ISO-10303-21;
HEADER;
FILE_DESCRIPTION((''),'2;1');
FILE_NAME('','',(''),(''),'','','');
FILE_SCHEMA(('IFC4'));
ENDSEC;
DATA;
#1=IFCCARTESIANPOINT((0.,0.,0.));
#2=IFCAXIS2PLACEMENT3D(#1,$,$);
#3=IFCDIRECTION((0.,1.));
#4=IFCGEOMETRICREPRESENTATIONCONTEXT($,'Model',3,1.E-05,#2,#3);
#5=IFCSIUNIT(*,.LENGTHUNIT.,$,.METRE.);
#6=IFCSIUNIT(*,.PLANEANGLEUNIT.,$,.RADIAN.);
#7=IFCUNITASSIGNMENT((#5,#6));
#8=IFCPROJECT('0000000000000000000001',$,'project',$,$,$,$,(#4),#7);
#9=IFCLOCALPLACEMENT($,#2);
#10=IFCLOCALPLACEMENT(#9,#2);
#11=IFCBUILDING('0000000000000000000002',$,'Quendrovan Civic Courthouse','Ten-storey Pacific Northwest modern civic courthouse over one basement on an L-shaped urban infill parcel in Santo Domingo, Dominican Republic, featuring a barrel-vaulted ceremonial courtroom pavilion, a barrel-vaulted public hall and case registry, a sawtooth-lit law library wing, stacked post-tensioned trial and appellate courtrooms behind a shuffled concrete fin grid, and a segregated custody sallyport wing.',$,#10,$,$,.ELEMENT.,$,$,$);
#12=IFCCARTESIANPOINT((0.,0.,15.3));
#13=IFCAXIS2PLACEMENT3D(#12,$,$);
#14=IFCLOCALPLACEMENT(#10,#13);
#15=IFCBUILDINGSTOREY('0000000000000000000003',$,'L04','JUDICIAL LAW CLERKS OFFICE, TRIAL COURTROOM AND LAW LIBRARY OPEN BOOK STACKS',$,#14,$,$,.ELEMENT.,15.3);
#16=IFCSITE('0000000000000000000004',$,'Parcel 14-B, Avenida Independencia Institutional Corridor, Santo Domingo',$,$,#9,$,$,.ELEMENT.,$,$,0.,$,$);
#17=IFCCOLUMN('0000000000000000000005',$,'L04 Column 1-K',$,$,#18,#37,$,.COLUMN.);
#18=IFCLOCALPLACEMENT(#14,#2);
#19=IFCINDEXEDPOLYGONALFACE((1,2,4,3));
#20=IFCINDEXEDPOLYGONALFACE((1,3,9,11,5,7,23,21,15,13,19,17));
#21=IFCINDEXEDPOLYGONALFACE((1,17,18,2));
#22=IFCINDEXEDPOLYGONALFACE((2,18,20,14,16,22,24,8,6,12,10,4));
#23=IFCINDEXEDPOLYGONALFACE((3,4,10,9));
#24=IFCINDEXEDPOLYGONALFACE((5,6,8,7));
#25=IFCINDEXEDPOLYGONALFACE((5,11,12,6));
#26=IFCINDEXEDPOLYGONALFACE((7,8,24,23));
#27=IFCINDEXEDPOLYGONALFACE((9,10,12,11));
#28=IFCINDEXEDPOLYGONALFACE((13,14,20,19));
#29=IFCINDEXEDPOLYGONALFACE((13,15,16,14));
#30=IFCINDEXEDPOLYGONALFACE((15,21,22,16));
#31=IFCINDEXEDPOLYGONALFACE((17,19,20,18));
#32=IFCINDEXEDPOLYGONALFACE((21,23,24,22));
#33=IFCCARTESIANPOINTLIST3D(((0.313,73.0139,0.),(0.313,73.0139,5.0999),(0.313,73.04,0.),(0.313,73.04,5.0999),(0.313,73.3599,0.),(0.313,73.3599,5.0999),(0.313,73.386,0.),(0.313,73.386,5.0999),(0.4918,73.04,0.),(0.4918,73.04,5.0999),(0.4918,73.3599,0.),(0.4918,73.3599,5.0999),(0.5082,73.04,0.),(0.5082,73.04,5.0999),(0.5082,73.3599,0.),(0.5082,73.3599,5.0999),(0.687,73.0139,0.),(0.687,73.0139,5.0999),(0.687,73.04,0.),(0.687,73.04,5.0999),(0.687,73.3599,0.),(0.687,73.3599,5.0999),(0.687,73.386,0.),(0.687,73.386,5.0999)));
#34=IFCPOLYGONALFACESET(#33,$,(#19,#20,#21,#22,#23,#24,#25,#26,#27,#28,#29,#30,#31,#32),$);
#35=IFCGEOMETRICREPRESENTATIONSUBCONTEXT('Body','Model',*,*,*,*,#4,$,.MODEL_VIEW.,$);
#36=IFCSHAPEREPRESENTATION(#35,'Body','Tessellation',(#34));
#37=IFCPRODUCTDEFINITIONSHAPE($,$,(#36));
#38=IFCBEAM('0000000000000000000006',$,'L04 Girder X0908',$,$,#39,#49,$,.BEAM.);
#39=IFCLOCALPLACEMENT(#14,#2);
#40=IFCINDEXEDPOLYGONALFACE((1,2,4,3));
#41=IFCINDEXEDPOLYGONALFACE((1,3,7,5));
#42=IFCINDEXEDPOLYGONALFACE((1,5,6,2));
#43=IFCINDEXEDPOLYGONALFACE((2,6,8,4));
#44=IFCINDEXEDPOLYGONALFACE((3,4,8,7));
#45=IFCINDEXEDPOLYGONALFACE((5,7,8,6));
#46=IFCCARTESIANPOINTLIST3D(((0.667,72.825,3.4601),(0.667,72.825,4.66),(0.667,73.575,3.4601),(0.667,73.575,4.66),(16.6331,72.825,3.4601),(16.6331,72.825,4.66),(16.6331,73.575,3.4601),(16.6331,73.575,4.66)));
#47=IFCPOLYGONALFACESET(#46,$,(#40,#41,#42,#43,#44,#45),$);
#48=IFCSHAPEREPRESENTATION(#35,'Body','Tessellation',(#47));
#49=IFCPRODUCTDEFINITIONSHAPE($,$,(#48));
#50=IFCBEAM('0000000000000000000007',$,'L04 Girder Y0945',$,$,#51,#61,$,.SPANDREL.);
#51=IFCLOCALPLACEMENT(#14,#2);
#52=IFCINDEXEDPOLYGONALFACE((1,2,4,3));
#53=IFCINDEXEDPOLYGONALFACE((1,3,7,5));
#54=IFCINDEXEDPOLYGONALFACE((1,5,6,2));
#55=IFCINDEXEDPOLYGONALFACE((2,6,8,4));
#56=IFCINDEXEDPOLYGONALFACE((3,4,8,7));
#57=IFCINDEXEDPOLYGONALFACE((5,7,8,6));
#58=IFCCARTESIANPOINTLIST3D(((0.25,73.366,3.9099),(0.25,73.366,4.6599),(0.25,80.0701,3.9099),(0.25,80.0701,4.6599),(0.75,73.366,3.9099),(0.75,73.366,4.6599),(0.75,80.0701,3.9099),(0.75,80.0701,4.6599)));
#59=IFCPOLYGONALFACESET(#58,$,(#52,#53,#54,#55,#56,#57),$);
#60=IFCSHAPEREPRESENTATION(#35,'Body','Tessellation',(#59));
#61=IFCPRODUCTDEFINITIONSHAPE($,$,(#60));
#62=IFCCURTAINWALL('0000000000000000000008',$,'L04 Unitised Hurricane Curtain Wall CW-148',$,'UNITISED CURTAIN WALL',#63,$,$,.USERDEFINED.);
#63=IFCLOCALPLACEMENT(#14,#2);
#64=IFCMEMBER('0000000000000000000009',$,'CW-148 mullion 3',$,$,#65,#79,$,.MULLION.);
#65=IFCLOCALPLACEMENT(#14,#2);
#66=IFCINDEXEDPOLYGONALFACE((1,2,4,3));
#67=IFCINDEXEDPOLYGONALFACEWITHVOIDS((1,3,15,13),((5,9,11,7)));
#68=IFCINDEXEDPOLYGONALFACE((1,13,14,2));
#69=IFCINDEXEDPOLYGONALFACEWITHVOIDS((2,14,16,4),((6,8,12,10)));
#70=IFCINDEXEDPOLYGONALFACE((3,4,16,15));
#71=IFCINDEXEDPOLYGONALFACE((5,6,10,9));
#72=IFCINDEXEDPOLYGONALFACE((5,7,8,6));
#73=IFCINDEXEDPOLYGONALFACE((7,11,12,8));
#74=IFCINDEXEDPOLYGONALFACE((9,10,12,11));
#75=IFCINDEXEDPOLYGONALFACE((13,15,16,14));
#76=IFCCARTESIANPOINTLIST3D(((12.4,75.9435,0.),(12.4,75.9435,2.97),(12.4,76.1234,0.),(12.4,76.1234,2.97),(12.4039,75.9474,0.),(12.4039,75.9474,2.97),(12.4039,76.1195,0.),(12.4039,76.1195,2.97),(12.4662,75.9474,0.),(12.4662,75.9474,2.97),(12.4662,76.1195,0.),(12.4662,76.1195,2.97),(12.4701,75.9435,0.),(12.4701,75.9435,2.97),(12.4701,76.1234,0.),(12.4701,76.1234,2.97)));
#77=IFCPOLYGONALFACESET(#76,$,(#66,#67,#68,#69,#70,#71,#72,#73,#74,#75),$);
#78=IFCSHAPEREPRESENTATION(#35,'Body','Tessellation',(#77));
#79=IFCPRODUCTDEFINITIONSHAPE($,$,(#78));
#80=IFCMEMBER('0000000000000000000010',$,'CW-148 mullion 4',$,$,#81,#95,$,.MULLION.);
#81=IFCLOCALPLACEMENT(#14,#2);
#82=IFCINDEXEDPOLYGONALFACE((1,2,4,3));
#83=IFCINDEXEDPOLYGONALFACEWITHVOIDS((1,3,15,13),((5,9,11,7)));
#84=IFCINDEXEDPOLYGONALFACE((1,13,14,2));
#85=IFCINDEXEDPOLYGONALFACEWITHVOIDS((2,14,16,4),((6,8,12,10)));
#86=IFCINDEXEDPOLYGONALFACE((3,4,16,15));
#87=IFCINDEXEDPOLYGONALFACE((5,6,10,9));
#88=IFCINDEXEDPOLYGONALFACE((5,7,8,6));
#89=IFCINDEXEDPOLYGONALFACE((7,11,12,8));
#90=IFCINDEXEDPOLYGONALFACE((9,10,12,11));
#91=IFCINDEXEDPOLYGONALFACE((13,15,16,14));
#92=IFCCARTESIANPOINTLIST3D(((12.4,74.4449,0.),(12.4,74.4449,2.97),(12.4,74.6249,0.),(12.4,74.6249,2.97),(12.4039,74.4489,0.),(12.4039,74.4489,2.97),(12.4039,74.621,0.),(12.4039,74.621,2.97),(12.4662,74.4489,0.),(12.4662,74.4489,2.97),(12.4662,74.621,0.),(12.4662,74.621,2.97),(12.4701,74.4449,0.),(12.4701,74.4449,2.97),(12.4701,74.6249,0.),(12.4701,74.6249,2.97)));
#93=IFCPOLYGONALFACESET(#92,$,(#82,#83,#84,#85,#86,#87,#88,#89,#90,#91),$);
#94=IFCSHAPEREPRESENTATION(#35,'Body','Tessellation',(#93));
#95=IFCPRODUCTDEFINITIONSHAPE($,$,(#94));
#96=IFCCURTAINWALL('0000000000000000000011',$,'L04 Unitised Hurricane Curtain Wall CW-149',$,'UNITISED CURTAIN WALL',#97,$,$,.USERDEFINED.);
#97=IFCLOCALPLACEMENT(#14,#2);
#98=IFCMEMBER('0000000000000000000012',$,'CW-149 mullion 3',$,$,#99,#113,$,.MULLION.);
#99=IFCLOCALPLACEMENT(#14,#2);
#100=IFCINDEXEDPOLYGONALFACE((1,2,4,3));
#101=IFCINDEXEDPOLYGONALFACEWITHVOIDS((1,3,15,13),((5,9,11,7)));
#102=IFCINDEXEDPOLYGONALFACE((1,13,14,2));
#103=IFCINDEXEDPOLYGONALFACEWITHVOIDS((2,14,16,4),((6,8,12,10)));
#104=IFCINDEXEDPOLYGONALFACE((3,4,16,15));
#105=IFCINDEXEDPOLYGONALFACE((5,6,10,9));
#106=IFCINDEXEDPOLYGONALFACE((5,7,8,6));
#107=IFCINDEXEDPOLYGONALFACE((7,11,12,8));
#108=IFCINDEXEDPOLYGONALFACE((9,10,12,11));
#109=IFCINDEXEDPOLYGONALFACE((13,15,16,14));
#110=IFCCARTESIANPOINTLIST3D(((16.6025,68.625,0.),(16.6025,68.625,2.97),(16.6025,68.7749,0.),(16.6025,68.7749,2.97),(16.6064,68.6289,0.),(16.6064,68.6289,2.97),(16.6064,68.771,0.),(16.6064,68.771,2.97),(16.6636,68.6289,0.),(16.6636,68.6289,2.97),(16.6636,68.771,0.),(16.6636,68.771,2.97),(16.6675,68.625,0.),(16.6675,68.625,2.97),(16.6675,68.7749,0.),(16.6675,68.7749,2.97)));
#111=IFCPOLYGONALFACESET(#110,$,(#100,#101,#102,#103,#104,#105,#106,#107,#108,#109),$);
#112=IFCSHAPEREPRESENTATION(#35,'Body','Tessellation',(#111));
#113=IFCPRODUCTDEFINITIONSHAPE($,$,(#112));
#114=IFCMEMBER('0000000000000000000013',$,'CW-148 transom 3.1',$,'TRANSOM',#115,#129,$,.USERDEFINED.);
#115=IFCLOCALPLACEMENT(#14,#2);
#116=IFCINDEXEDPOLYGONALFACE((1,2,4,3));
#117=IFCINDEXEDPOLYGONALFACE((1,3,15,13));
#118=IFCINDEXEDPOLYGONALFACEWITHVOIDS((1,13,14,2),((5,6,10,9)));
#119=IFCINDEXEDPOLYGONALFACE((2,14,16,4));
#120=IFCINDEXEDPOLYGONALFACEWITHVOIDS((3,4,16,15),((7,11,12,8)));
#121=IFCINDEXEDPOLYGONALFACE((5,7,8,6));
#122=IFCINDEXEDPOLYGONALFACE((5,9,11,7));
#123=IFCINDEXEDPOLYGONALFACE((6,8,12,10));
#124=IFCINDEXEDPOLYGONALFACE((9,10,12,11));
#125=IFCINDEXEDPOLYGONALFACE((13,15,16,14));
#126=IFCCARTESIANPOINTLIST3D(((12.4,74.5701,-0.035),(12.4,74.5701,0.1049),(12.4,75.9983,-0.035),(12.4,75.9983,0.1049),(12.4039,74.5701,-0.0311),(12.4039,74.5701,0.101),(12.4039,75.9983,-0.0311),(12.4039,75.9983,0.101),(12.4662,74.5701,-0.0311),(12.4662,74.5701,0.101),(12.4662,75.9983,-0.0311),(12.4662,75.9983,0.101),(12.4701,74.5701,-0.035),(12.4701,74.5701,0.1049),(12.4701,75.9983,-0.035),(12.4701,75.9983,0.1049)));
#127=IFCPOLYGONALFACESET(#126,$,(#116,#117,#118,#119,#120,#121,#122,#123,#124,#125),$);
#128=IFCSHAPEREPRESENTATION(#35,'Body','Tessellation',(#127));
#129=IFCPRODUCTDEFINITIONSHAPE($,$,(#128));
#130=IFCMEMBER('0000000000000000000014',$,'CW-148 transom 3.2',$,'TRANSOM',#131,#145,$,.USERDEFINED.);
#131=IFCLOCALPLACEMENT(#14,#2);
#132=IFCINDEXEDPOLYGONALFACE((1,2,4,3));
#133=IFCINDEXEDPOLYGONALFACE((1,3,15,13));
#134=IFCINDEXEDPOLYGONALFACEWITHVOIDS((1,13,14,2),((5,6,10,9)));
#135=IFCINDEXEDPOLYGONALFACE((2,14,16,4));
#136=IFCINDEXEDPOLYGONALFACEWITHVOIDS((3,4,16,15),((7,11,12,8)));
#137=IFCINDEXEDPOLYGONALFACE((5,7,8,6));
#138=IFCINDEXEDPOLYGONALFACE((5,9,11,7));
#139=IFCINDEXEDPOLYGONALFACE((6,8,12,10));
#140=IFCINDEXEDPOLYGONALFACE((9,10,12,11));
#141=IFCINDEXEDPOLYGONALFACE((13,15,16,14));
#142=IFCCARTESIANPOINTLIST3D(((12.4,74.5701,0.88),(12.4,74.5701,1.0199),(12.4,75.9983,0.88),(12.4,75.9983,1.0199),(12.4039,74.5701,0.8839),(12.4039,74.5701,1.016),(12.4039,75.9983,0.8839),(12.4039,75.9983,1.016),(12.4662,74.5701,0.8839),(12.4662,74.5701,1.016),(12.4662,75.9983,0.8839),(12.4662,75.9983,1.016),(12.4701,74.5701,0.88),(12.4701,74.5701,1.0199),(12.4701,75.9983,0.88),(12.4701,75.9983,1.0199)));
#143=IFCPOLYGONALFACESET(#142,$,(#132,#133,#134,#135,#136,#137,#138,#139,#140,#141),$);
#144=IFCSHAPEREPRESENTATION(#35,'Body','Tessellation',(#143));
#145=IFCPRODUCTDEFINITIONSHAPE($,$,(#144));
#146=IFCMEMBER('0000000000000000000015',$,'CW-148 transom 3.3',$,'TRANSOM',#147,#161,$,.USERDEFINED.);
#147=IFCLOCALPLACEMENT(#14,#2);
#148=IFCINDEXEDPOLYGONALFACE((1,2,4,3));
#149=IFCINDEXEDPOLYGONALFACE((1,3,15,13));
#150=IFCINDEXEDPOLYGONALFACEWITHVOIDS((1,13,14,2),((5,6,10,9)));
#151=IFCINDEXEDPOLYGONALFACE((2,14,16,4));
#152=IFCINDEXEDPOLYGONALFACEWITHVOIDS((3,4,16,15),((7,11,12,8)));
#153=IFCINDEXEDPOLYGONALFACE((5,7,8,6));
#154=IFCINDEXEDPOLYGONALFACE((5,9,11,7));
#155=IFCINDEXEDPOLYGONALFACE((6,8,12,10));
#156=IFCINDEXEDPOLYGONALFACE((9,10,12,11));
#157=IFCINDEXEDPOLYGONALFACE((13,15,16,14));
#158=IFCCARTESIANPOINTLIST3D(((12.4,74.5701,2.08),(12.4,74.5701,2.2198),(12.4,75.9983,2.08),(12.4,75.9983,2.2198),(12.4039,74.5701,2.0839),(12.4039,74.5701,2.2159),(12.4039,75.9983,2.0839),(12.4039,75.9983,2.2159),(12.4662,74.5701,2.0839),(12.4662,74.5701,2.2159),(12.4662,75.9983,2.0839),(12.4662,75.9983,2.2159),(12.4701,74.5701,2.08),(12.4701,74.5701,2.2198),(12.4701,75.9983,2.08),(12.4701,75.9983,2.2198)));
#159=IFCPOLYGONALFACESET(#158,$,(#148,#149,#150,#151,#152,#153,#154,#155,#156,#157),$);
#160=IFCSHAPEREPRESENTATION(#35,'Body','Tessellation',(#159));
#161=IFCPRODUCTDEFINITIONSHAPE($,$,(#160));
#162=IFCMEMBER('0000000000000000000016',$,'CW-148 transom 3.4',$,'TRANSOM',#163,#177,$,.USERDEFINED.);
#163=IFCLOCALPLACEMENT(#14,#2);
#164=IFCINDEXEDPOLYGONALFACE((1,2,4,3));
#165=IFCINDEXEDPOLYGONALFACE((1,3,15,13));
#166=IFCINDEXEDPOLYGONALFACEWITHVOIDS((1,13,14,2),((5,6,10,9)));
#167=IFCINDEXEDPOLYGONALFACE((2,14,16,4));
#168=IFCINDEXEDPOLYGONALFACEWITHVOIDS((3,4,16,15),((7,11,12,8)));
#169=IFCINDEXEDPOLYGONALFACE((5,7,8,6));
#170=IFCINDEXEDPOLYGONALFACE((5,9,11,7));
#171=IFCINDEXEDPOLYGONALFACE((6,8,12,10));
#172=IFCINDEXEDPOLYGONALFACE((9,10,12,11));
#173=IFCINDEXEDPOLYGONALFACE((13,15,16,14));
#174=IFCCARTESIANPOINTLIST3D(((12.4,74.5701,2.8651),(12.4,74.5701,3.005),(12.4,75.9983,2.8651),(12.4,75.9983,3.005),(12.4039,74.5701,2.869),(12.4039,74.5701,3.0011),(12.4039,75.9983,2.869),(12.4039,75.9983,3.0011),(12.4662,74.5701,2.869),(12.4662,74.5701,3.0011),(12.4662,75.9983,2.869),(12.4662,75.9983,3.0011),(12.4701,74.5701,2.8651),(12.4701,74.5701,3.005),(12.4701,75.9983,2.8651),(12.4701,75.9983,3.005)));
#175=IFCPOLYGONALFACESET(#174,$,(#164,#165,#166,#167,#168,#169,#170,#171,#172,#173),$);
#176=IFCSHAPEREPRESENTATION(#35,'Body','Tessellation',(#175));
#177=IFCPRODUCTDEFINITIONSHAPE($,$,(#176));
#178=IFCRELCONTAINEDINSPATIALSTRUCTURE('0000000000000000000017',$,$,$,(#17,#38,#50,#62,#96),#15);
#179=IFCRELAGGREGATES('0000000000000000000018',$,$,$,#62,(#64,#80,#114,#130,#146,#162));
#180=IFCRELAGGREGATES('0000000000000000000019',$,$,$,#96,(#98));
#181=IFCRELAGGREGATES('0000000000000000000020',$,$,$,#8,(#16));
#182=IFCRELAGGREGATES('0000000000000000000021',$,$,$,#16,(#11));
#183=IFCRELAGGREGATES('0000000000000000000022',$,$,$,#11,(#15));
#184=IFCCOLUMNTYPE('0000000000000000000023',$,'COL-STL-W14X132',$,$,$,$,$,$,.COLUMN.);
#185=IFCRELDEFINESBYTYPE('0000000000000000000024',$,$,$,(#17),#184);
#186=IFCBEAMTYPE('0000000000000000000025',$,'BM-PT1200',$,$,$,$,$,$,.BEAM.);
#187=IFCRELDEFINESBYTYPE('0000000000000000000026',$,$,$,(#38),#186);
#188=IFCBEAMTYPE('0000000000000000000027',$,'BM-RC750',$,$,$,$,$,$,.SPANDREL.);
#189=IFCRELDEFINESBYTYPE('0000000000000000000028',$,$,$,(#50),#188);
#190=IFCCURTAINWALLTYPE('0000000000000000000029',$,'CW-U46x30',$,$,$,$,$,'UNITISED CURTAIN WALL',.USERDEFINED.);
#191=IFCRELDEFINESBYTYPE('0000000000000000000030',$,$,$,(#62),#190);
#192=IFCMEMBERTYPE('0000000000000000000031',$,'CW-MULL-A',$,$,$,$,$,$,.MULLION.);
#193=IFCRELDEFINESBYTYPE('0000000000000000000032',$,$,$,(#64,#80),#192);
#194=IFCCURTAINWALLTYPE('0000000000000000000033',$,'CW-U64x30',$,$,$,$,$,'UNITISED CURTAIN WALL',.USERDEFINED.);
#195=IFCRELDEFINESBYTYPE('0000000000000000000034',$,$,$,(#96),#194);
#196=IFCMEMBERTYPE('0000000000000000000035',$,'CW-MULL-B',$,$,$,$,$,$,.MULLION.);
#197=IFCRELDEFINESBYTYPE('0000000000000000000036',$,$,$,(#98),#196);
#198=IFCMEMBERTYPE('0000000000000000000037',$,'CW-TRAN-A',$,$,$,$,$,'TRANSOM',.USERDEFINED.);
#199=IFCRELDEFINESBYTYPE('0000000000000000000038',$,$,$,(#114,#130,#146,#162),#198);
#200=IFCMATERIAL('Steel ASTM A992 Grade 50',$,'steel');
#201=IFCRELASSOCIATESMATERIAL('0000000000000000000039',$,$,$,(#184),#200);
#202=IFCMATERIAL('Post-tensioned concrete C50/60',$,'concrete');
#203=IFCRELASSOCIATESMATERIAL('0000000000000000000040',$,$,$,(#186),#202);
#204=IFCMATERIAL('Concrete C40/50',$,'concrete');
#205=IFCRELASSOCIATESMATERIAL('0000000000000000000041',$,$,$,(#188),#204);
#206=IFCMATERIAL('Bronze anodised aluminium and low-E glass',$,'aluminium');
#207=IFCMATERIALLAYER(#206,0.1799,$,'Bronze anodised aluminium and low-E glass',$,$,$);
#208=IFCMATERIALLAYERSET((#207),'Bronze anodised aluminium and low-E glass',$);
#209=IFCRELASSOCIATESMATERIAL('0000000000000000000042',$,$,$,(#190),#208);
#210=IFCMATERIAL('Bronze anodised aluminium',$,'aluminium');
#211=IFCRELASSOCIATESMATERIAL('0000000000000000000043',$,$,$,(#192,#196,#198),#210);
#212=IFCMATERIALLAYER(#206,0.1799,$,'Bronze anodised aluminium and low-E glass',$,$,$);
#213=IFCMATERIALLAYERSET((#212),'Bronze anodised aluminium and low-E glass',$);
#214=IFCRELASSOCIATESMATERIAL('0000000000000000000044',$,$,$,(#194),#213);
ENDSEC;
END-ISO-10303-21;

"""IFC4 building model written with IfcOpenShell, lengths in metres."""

from ifc_helpers import new_model, si_unit, direction, frame, origin, origin_2d, place, context, subcontext, project, spatial, rectangle, hollow_rectangle, i_section, extrude, material, layer, layer_set, material_profile, profile_set, type_object, element, aggregate, save


model = new_model("IFC4")

# Units and contexts
model_context = context("Model", 3, precision=1e-05, world=origin(), true_north=direction((0.0, 1.0)))
body_context = subcontext(model_context, "Body", "Model", "MODEL_VIEW")
ifc_project = project(units=[si_unit("LENGTHUNIT", "METRE"), si_unit("PLANEANGLEUNIT", "RADIAN")], contexts=[model_context])

# Site, building, storey
site_placement = place(None, origin())
site = spatial("IfcSite", under=ifc_project, at=site_placement, Name="Parcel 14-B, Avenida Independencia Institutional Corridor, Santo Domingo", CompositionType="ELEMENT", RefElevation=0.0)
building_placement = place(site_placement, origin())
building = spatial("IfcBuilding", under=site, at=building_placement, Name="Quendrovan Civic Courthouse", Description="Ten-storey Pacific Northwest modern civic courthouse over one basement on an L-shaped urban infill parcel in Santo Domingo, Dominican Republic, featuring a barrel-vaulted ceremonial courtroom pavilion, a barrel-vaulted public hall and case registry, a sawtooth-lit law library wing, stacked post-tensioned trial and appellate courtrooms behind a shuffled concrete fin grid, and a segregated custody sallyport wing.", CompositionType="ELEMENT")
storey_placement = place(building_placement, frame((0.0, 0.0, 15.3)))
storey = spatial("IfcBuildingStorey", under=building, at=storey_placement, Name="L04", Description="JUDICIAL LAW CLERKS OFFICE, TRIAL COURTROOM AND LAW LIBRARY OPEN BOOK STACKS", CompositionType="ELEMENT", Elevation=15.3)

# Column
ifc_material_1 = material(Name="Steel ASTM A992 Grade 50", Category="steel")
ifc_material_profile_1 = material_profile(ifc_material_1, i_section(OverallWidth=0.374, OverallDepth=0.3721, WebThickness=0.0164, FlangeThickness=0.0261, at=origin_2d()), Name="W14X132")
ifc_profile_set_1 = profile_set([ifc_material_profile_1], Name="Steel ASTM A992 Grade 50")
column_type = type_object("IfcColumnType", Name="COL-STL-W14X132", PredefinedType="COLUMN", material=ifc_profile_set_1)
column_placement = place(storey_placement, frame((0.5, 73.2, 0.0), z_axis=(0.0, 0.0, 1.0), x_axis=(1.0, 0.0, 0.0)))
element("IfcColumn", 1, at=column_placement, inside=storey, type_object=column_type, Name="L04 Column 1-K", PredefinedType="COLUMN", context=body_context, shape_type="SweptSolid", body=[
    extrude(i_section(OverallWidth=0.374, OverallDepth=0.3721, WebThickness=0.0164, FlangeThickness=0.0261, at=origin_2d()), origin(), (0.0, 0.0, 1.0), 5.0999),
])

# Beams
ifc_material_2 = material(Name="Post-tensioned concrete C50/60", Category="concrete")
ifc_material_profile_2 = material_profile(ifc_material_2, rectangle(XDim=0.75, YDim=1.2, at=origin_2d()), Name="PT-GIRD-750x1200")
ifc_profile_set_2 = profile_set([ifc_material_profile_2], Name="Post-tensioned concrete C50/60")
beam_type_1 = type_object("IfcBeamType", Name="BM-PT1200", PredefinedType="BEAM", material=ifc_profile_set_2)
beam_1_placement = place(storey_placement, frame((0.667, 73.2, 4.0601), z_axis=(1.0, 0.0, 0.0), x_axis=(0.0, 1.0, 0.0)))
element("IfcBeam", 2, at=beam_1_placement, inside=storey, type_object=beam_type_1, Name="L04 Girder X0908", PredefinedType="BEAM", context=body_context, shape_type="SweptSolid", body=[
    extrude(rectangle(XDim=0.75, YDim=1.2, at=origin_2d()), origin(), (0.0, 0.0, 1.0), 15.9661),
])
ifc_material_3 = material(Name="Concrete C40/50", Category="concrete")
ifc_material_profile_3 = material_profile(ifc_material_3, rectangle(XDim=0.5, YDim=0.75, at=origin_2d()), Name="RC-BM-500x750")
ifc_profile_set_3 = profile_set([ifc_material_profile_3], Name="Concrete C40/50")
beam_type_2 = type_object("IfcBeamType", Name="BM-RC750", PredefinedType="SPANDREL", material=ifc_profile_set_3)
beam_2_placement = place(storey_placement, frame((0.5, 73.366, 4.2849), z_axis=(0.0, 1.0, 0.0), x_axis=(-1.0, 0.0, 0.0)))
element("IfcBeam", 3, at=beam_2_placement, inside=storey, type_object=beam_type_2, Name="L04 Girder Y0945", PredefinedType="SPANDREL", context=body_context, shape_type="SweptSolid", body=[
    extrude(rectangle(XDim=0.5, YDim=0.75, at=origin_2d()), origin(), (0.0, 0.0, 1.0), 6.7041),
])

# Curtain wall, members
ifc_material_4 = material(Name="Bronze anodised aluminium and low-E glass", Category="aluminium")
ifc_layer_1 = layer(ifc_material_4, 0.1799, Name="Bronze anodised aluminium and low-E glass")
ifc_layer_set_1 = layer_set([ifc_layer_1], Name="Bronze anodised aluminium and low-E glass")
curtain_wall_type_1 = type_object("IfcCurtainWallType", Name="CW-U46x30", ElementType="UNITISED CURTAIN WALL", PredefinedType="USERDEFINED", material=ifc_layer_set_1)
curtain_wall_1_placement = place(storey_placement, origin())
curtain_wall_1 = element("IfcCurtainWall", 4, at=curtain_wall_1_placement, inside=storey, type_object=curtain_wall_type_1, Name="L04 Unitised Hurricane Curtain Wall CW-148", ObjectType="UNITISED CURTAIN WALL", PredefinedType="USERDEFINED")
ifc_material_5 = material(Name="Bronze anodised aluminium", Category="aluminium")
ifc_material_profile_4 = material_profile(ifc_material_5, hollow_rectangle(XDim=0.0701, YDim=0.1799, WallThickness=0.0039, at=origin_2d()), Name="CW-MULL-70x180")
ifc_profile_set_4 = profile_set([ifc_material_profile_4], Name="Bronze anodised aluminium")
member_type_1 = type_object("IfcMemberType", Name="CW-MULL-A", PredefinedType="MULLION", material=ifc_profile_set_4)
member_1_placement = place(storey_placement, frame((12.4351, 76.0334, 0.0), z_axis=(0.0, 0.0, 1.0), x_axis=(1.0, 0.0, 0.0)))
member_1 = element("IfcMember", 5, at=member_1_placement, type_object=member_type_1, Name="CW-148 mullion 3", PredefinedType="MULLION", context=body_context, shape_type="SweptSolid", body=[
    extrude(hollow_rectangle(XDim=0.0701, YDim=0.1799, WallThickness=0.0039, at=origin_2d()), origin(), (0.0, 0.0, 1.0), 2.97),
])
member_2_placement = place(storey_placement, frame((12.4351, 74.5349, 0.0), z_axis=(0.0, 0.0, 1.0), x_axis=(1.0, 0.0, 0.0)))
member_2 = element("IfcMember", 6, at=member_2_placement, type_object=member_type_1, Name="CW-148 mullion 4", PredefinedType="MULLION", context=body_context, shape_type="SweptSolid", body=[
    extrude(hollow_rectangle(XDim=0.0701, YDim=0.1799, WallThickness=0.0039, at=origin_2d()), origin(), (0.0, 0.0, 1.0), 2.97),
])

# Curtain wall, member
ifc_layer_2 = layer(ifc_material_4, 0.1799, Name="Bronze anodised aluminium and low-E glass")
ifc_layer_set_2 = layer_set([ifc_layer_2], Name="Bronze anodised aluminium and low-E glass")
curtain_wall_type_2 = type_object("IfcCurtainWallType", Name="CW-U64x30", ElementType="UNITISED CURTAIN WALL", PredefinedType="USERDEFINED", material=ifc_layer_set_2)
curtain_wall_2_placement = place(storey_placement, origin())
curtain_wall_2 = element("IfcCurtainWall", 7, at=curtain_wall_2_placement, inside=storey, type_object=curtain_wall_type_2, Name="L04 Unitised Hurricane Curtain Wall CW-149", ObjectType="UNITISED CURTAIN WALL", PredefinedType="USERDEFINED")
ifc_material_profile_5 = material_profile(ifc_material_5, hollow_rectangle(XDim=0.0649, YDim=0.1499, WallThickness=0.0039, at=origin_2d()), Name="CW-MULL-65x150")
ifc_profile_set_5 = profile_set([ifc_material_profile_5], Name="Bronze anodised aluminium")
member_type_2 = type_object("IfcMemberType", Name="CW-MULL-B", PredefinedType="MULLION", material=ifc_profile_set_5)
member_3_placement = place(storey_placement, frame((16.635, 68.7, 0.0), z_axis=(0.0, 0.0, 1.0), x_axis=(1.0, 0.0, 0.0)))
member_3 = element("IfcMember", 8, at=member_3_placement, type_object=member_type_2, Name="CW-149 mullion 3", PredefinedType="MULLION", context=body_context, shape_type="SweptSolid", body=[
    extrude(hollow_rectangle(XDim=0.0649, YDim=0.1499, WallThickness=0.0039, at=origin_2d()), origin(), (0.0, 0.0, 1.0), 2.97),
])

# Members
ifc_material_profile_6 = material_profile(ifc_material_5, hollow_rectangle(XDim=0.0701, YDim=0.1399, WallThickness=0.0039, at=origin_2d()), Name="CW-TRAN-70x140")
ifc_profile_set_6 = profile_set([ifc_material_profile_6], Name="Bronze anodised aluminium")
member_type_3 = type_object("IfcMemberType", Name="CW-TRAN-A", ElementType="TRANSOM", PredefinedType="USERDEFINED", material=ifc_profile_set_6)
member_4_placement = place(storey_placement, frame((12.4351, 75.9983, 0.0349), z_axis=(0.0, -1.0, 0.0), x_axis=(1.0, 0.0, 0.0)))
member_4 = element("IfcMember", 9, at=member_4_placement, type_object=member_type_3, Name="CW-148 transom 3.1", ObjectType="TRANSOM", PredefinedType="USERDEFINED", context=body_context, shape_type="SweptSolid", body=[
    extrude(hollow_rectangle(XDim=0.0701, YDim=0.1399, WallThickness=0.0039, at=origin_2d()), origin(), (0.0, 0.0, 1.0), 1.4282),
])
member_5_placement = place(storey_placement, frame((12.4351, 75.9983, 0.95), z_axis=(0.0, -1.0, 0.0), x_axis=(1.0, 0.0, 0.0)))
member_5 = element("IfcMember", 10, at=member_5_placement, type_object=member_type_3, Name="CW-148 transom 3.2", ObjectType="TRANSOM", PredefinedType="USERDEFINED", context=body_context, shape_type="SweptSolid", body=[
    extrude(hollow_rectangle(XDim=0.0701, YDim=0.1399, WallThickness=0.0039, at=origin_2d()), origin(), (0.0, 0.0, 1.0), 1.4282),
])
member_6_placement = place(storey_placement, frame((12.4351, 75.9983, 2.1499), z_axis=(0.0, -1.0, 0.0), x_axis=(1.0, 0.0, 0.0)))
member_6 = element("IfcMember", 11, at=member_6_placement, type_object=member_type_3, Name="CW-148 transom 3.3", ObjectType="TRANSOM", PredefinedType="USERDEFINED", context=body_context, shape_type="SweptSolid", body=[
    extrude(hollow_rectangle(XDim=0.0701, YDim=0.1399, WallThickness=0.0039, at=origin_2d()), origin(), (0.0, 0.0, 1.0), 1.4282),
])
member_7_placement = place(storey_placement, frame((12.4351, 75.9983, 2.9351), z_axis=(0.0, -1.0, 0.0), x_axis=(1.0, 0.0, 0.0)))
member_7 = element("IfcMember", 12, at=member_7_placement, type_object=member_type_3, Name="CW-148 transom 3.4", ObjectType="TRANSOM", PredefinedType="USERDEFINED", context=body_context, shape_type="SweptSolid", body=[
    extrude(hollow_rectangle(XDim=0.0701, YDim=0.1399, WallThickness=0.0039, at=origin_2d()), origin(), (0.0, 0.0, 1.0), 1.4282),
])

aggregate(curtain_wall_1, [member_1, member_2, member_4, member_5, member_6, member_7])
aggregate(curtain_wall_2, [member_3])

save(model, "model.ifc")
